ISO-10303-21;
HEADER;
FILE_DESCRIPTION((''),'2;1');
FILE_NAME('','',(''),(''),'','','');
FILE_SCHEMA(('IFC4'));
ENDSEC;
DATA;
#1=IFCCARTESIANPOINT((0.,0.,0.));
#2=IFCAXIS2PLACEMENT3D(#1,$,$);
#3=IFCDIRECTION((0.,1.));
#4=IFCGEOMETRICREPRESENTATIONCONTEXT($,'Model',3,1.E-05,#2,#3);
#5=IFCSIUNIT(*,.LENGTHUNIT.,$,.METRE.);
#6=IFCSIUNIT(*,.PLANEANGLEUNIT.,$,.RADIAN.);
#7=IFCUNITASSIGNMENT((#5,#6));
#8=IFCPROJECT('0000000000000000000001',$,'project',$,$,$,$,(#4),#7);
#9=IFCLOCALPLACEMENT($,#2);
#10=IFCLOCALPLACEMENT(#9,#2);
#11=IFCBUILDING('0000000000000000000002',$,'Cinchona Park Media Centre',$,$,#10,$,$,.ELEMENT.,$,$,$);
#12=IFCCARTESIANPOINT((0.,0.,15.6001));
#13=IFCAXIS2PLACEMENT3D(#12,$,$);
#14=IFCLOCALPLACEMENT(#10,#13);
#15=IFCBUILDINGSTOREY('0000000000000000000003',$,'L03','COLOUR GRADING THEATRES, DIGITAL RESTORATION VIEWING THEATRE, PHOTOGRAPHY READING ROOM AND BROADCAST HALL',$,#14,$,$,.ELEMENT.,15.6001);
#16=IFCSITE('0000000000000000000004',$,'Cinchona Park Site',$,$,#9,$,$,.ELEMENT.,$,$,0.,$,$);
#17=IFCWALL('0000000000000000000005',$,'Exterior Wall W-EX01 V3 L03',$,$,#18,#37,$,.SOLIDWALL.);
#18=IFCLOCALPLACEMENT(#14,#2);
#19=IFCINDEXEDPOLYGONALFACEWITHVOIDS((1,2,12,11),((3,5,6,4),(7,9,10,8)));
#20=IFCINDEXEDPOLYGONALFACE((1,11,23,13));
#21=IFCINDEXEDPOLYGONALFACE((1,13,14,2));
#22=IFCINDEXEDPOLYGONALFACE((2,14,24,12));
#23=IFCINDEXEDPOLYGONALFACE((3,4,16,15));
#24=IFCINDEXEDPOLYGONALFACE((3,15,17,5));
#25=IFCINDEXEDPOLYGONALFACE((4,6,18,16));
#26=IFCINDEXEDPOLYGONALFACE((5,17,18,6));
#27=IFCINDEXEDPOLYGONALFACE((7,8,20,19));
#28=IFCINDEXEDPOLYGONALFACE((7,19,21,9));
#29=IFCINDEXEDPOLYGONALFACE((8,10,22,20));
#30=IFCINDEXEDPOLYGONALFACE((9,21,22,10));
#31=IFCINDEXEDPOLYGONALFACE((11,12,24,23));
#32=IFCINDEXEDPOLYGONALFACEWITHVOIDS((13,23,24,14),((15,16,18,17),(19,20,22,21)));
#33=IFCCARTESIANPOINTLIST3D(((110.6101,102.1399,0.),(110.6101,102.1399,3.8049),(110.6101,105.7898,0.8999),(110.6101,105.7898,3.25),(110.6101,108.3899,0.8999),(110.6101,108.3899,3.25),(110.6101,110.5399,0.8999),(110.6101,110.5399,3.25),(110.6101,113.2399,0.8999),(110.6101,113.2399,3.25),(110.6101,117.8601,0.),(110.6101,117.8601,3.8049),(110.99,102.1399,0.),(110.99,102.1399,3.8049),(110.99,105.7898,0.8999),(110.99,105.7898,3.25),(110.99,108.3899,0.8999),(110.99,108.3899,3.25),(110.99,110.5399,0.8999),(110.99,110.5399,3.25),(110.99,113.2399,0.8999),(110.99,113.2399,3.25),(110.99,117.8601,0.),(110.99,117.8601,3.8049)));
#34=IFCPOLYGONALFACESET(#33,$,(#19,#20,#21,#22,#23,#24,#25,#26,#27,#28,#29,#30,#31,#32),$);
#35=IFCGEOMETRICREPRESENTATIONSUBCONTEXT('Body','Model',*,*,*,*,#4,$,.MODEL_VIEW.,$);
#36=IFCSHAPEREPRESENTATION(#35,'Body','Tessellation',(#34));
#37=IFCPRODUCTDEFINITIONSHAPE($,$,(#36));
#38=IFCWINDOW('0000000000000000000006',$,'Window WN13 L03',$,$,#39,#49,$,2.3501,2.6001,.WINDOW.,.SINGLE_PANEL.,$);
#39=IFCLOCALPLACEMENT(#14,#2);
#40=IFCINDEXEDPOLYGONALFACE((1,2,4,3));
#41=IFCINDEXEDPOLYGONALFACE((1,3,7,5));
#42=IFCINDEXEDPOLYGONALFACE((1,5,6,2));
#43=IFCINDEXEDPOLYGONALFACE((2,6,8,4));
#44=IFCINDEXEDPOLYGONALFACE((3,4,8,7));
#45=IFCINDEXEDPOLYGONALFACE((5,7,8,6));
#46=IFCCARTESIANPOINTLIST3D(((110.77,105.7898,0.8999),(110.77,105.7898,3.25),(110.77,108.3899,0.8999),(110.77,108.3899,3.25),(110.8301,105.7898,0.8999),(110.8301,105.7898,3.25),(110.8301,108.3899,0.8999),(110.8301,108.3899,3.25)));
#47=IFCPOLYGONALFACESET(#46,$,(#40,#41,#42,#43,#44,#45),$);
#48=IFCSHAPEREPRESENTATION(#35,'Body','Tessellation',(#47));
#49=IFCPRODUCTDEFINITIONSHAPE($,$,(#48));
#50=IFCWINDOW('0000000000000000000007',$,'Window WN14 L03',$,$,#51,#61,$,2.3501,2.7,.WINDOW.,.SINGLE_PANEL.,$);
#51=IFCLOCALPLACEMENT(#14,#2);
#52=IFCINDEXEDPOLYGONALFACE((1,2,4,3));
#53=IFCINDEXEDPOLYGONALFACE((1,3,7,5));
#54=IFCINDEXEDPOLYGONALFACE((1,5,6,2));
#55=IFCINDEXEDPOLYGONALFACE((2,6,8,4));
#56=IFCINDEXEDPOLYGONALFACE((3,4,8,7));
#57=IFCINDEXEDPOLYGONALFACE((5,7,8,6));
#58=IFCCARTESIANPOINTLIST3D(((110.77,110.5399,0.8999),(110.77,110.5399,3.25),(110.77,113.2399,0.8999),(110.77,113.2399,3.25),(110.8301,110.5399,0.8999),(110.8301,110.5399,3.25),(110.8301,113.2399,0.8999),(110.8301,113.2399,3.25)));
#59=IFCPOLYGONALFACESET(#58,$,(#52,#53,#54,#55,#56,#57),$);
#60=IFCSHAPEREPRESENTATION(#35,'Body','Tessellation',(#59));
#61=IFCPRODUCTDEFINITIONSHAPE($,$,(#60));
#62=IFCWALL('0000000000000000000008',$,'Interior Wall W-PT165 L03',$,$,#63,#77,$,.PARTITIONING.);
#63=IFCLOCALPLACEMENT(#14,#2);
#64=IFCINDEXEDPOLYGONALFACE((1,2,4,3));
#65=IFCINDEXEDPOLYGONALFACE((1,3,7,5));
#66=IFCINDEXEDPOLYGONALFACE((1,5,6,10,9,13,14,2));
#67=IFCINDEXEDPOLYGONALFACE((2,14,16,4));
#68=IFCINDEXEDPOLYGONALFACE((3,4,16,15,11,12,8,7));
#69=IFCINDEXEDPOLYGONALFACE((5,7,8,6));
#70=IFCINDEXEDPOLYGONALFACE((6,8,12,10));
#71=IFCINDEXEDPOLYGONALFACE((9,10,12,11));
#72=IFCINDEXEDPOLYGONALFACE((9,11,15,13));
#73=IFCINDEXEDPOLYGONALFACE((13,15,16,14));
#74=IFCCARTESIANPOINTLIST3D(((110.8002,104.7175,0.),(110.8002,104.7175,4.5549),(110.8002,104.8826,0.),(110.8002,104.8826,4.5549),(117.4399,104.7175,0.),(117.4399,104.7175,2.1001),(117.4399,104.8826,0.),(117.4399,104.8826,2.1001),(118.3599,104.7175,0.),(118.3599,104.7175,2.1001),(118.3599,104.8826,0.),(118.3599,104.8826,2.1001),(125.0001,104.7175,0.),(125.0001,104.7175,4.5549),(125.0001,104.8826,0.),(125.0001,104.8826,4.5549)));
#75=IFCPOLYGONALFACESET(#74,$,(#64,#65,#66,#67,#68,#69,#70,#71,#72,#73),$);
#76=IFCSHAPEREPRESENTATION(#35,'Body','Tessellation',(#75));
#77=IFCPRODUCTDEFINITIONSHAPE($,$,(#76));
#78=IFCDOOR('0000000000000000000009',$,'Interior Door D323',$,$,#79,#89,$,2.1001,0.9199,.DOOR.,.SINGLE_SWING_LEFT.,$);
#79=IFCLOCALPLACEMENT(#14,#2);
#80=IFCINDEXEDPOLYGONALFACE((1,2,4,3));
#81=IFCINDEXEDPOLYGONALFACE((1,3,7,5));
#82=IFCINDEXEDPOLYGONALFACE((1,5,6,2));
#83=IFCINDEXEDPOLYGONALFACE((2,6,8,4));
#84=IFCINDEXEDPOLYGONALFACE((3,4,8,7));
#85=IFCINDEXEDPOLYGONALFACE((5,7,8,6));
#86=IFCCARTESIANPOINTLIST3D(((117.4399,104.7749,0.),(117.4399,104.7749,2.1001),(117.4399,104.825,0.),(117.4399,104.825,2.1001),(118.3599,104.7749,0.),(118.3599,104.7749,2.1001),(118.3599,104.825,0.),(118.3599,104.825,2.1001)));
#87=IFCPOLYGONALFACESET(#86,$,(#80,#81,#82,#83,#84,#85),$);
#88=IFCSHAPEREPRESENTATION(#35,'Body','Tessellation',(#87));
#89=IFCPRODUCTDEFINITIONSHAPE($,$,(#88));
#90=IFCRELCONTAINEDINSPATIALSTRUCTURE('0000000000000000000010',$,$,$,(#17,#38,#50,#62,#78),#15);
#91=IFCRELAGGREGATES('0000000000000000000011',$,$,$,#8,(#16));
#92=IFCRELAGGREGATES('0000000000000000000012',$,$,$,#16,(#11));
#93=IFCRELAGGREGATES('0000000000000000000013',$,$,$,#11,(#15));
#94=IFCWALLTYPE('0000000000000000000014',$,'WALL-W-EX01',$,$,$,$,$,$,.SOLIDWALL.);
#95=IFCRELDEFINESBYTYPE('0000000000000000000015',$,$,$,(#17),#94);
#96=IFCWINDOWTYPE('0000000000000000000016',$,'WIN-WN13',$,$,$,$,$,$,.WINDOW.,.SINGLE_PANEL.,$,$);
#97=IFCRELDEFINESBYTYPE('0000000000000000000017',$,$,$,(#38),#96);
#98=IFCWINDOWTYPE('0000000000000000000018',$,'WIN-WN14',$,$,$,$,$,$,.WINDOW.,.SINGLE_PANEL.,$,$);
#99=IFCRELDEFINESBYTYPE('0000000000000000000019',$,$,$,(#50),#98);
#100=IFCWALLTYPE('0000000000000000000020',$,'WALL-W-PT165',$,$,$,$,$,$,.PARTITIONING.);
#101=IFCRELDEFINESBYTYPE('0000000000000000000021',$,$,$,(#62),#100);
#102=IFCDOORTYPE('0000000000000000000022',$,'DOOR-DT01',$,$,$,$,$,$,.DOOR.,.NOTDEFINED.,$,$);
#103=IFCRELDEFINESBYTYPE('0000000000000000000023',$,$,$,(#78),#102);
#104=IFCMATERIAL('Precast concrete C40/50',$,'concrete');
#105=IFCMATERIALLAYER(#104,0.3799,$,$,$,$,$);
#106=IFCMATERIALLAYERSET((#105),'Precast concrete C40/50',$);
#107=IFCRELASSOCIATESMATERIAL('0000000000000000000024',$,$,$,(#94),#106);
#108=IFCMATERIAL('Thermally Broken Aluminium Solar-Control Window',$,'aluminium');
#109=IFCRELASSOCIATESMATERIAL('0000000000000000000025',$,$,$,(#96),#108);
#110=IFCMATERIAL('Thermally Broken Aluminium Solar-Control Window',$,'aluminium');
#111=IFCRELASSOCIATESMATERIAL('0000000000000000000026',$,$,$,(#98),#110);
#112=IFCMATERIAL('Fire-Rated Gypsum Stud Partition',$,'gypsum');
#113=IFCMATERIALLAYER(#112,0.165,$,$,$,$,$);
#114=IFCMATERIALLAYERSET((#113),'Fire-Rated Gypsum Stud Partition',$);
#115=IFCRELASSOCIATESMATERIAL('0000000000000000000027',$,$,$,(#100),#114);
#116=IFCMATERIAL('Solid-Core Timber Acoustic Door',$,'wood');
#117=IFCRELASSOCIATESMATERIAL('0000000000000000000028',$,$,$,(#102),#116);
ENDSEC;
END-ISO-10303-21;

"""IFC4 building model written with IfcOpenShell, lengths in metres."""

from ifc_helpers import new_model, si_unit, direction, frame, frame_2d, origin, place, context, subcontext, project, spatial, rectangle, extrude, material, layer, layer_set, type_object, element, fill, save


model = new_model("IFC4")

# Units and contexts
model_context = context("Model", 3, precision=1e-05, world=origin(), true_north=direction((0.0, 1.0)))
body_context = subcontext(model_context, "Body", "Model", "MODEL_VIEW")
ifc_project = project(units=[si_unit("LENGTHUNIT", "METRE"), si_unit("PLANEANGLEUNIT", "RADIAN")], contexts=[model_context])

# Site, building, storey
site_placement = place(None, origin())
site = spatial("IfcSite", under=ifc_project, at=site_placement, Name="Cinchona Park Site", CompositionType="ELEMENT", RefElevation=0.0)
building_placement = place(site_placement, origin())
building = spatial("IfcBuilding", under=site, at=building_placement, Name="Cinchona Park Media Centre", CompositionType="ELEMENT")
storey_placement = place(building_placement, frame((0.0, 0.0, 15.6001)))
storey = spatial("IfcBuildingStorey", under=building, at=storey_placement, Name="L03", Description="COLOUR GRADING THEATRES, DIGITAL RESTORATION VIEWING THEATRE, PHOTOGRAPHY READING ROOM AND BROADCAST HALL", CompositionType="ELEMENT", Elevation=15.6001)

# Wall, openings, windows
ifc_material_1 = material(Name="Precast concrete C40/50", Category="concrete")
ifc_layer_1 = layer(ifc_material_1, 0.3799)
ifc_layer_set_1 = layer_set([ifc_layer_1], Name="Precast concrete C40/50")
wall_type_1 = type_object("IfcWallType", Name="WALL-W-EX01", PredefinedType="SOLIDWALL", material=ifc_layer_set_1)
wall_1_placement = place(storey_placement, frame((110.8, 102.1399, 0.0), z_axis=(0.0, 0.0, 1.0), x_axis=(0.0, 1.0, 0.0)))
wall_1 = element("IfcWall", 1, at=wall_1_placement, inside=storey, type_object=wall_type_1, Name="Exterior Wall W-EX01 V3 L03", PredefinedType="SOLIDWALL", context=body_context, shape_type="SweptSolid", body=[
    extrude(rectangle(XDim=15.7202, YDim=0.3799, at=frame_2d((7.8601, 0.0))), origin(), (0.0, 0.0, 1.0), 3.8049),
])
opening_1_placement = place(wall_1_placement, frame((3.6499, 0.0, 0.8999)))
opening_1 = element("IfcOpeningElement", 2, at=opening_1_placement, cuts=wall_1, PredefinedType="OPENING", context=body_context, shape_type="SweptSolid", body=[
    extrude(rectangle(XDim=2.6001, YDim=2.3501, at=frame_2d((1.3, 1.175))), frame((0.0, 0.2, 0.0), z_axis=(0.0, -1.0, 0.0), x_axis=(1.0, 0.0, 0.0)), (0.0, 0.0, 1.0), 0.3999),
])
opening_2_placement = place(wall_1_placement, frame((8.3999, 0.0, 0.8999)))
opening_2 = element("IfcOpeningElement", 3, at=opening_2_placement, cuts=wall_1, PredefinedType="OPENING", context=body_context, shape_type="SweptSolid", body=[
    extrude(rectangle(XDim=2.7, YDim=2.3501, at=frame_2d((1.3501, 1.175))), frame((0.0, 0.2, 0.0), z_axis=(0.0, -1.0, 0.0), x_axis=(1.0, 0.0, 0.0)), (0.0, 0.0, 1.0), 0.3999),
])
ifc_material_2 = material(Name="Thermally Broken Aluminium Solar-Control Window", Category="aluminium")
window_type_1 = type_object("IfcWindowType", Name="WIN-WN13", PartitioningType="SINGLE_PANEL", PredefinedType="WINDOW", material=ifc_material_2)
window_1_placement = place(opening_1_placement, origin())
window_1 = element("IfcWindow", 4, at=window_1_placement, inside=storey, type_object=window_type_1, Name="Window WN13 L03", OverallHeight=2.3501, OverallWidth=2.6001, PartitioningType="SINGLE_PANEL", PredefinedType="WINDOW", context=body_context, shape_type="SweptSolid", body=[
    extrude(rectangle(XDim=2.6001, YDim=2.3501, at=frame_2d((1.3, 1.175))), frame((0.0, 0.03, 0.0), z_axis=(0.0, -1.0, 0.0), x_axis=(1.0, 0.0, 0.0)), (0.0, 0.0, 1.0), 0.0601),
])
fill(opening_1, window_1)
ifc_material_3 = material(Name="Thermally Broken Aluminium Solar-Control Window", Category="aluminium")
window_type_2 = type_object("IfcWindowType", Name="WIN-WN14", PartitioningType="SINGLE_PANEL", PredefinedType="WINDOW", material=ifc_material_3)
window_2_placement = place(opening_2_placement, origin())
window_2 = element("IfcWindow", 5, at=window_2_placement, inside=storey, type_object=window_type_2, Name="Window WN14 L03", OverallHeight=2.3501, OverallWidth=2.7, PartitioningType="SINGLE_PANEL", PredefinedType="WINDOW", context=body_context, shape_type="SweptSolid", body=[
    extrude(rectangle(XDim=2.7, YDim=2.3501, at=frame_2d((1.3501, 1.175))), frame((0.0, 0.03, 0.0), z_axis=(0.0, -1.0, 0.0), x_axis=(1.0, 0.0, 0.0)), (0.0, 0.0, 1.0), 0.0601),
])
fill(opening_2, window_2)

# Wall, opening, door
ifc_material_4 = material(Name="Fire-Rated Gypsum Stud Partition", Category="gypsum")
ifc_layer_2 = layer(ifc_material_4, 0.165)
ifc_layer_set_2 = layer_set([ifc_layer_2], Name="Fire-Rated Gypsum Stud Partition")
wall_type_2 = type_object("IfcWallType", Name="WALL-W-PT165", PredefinedType="PARTITIONING", material=ifc_layer_set_2)
wall_2_placement = place(storey_placement, frame((110.8, 104.8, 0.0), z_axis=(0.0, 0.0, 1.0), x_axis=(1.0, 0.0, 0.0)))
wall_2 = element("IfcWall", 6, at=wall_2_placement, inside=storey, type_object=wall_type_2, Name="Interior Wall W-PT165 L03", PredefinedType="PARTITIONING", context=body_context, shape_type="SweptSolid", body=[
    extrude(rectangle(XDim=14.2, YDim=0.165, at=frame_2d((7.1001, 0.0))), origin(), (0.0, 0.0, 1.0), 4.5549),
])
opening_3_placement = place(wall_2_placement, frame((6.6399, 0.0, 0.0)))
opening_3 = element("IfcOpeningElement", 7, at=opening_3_placement, cuts=wall_2, PredefinedType="OPENING", context=body_context, shape_type="SweptSolid", body=[
    extrude(rectangle(XDim=0.9199, YDim=2.1001, at=frame_2d((0.46, 1.05))), frame((0.0, 0.0925, 0.0), z_axis=(0.0, -1.0, 0.0), x_axis=(1.0, 0.0, 0.0)), (0.0, 0.0, 1.0), 0.1851),
])
ifc_material_5 = material(Name="Solid-Core Timber Acoustic Door", Category="wood")
door_type = type_object("IfcDoorType", Name="DOOR-DT01", OperationType="NOTDEFINED", PredefinedType="DOOR", material=ifc_material_5)
door_placement = place(opening_3_placement, origin())
door = element("IfcDoor", 8, at=door_placement, inside=storey, type_object=door_type, Name="Interior Door D323", OperationType="SINGLE_SWING_LEFT", OverallHeight=2.1001, OverallWidth=0.9199, PredefinedType="DOOR", context=body_context, shape_type="SweptSolid", body=[
    extrude(rectangle(XDim=0.9199, YDim=2.1001, at=frame_2d((0.46, 1.05))), frame((0.0, 0.0249, 0.0), z_axis=(0.0, -1.0, 0.0), x_axis=(1.0, 0.0, 0.0)), (0.0, 0.0, 1.0), 0.05),
])
fill(opening_3, door)

save(model, "model.ifc")
